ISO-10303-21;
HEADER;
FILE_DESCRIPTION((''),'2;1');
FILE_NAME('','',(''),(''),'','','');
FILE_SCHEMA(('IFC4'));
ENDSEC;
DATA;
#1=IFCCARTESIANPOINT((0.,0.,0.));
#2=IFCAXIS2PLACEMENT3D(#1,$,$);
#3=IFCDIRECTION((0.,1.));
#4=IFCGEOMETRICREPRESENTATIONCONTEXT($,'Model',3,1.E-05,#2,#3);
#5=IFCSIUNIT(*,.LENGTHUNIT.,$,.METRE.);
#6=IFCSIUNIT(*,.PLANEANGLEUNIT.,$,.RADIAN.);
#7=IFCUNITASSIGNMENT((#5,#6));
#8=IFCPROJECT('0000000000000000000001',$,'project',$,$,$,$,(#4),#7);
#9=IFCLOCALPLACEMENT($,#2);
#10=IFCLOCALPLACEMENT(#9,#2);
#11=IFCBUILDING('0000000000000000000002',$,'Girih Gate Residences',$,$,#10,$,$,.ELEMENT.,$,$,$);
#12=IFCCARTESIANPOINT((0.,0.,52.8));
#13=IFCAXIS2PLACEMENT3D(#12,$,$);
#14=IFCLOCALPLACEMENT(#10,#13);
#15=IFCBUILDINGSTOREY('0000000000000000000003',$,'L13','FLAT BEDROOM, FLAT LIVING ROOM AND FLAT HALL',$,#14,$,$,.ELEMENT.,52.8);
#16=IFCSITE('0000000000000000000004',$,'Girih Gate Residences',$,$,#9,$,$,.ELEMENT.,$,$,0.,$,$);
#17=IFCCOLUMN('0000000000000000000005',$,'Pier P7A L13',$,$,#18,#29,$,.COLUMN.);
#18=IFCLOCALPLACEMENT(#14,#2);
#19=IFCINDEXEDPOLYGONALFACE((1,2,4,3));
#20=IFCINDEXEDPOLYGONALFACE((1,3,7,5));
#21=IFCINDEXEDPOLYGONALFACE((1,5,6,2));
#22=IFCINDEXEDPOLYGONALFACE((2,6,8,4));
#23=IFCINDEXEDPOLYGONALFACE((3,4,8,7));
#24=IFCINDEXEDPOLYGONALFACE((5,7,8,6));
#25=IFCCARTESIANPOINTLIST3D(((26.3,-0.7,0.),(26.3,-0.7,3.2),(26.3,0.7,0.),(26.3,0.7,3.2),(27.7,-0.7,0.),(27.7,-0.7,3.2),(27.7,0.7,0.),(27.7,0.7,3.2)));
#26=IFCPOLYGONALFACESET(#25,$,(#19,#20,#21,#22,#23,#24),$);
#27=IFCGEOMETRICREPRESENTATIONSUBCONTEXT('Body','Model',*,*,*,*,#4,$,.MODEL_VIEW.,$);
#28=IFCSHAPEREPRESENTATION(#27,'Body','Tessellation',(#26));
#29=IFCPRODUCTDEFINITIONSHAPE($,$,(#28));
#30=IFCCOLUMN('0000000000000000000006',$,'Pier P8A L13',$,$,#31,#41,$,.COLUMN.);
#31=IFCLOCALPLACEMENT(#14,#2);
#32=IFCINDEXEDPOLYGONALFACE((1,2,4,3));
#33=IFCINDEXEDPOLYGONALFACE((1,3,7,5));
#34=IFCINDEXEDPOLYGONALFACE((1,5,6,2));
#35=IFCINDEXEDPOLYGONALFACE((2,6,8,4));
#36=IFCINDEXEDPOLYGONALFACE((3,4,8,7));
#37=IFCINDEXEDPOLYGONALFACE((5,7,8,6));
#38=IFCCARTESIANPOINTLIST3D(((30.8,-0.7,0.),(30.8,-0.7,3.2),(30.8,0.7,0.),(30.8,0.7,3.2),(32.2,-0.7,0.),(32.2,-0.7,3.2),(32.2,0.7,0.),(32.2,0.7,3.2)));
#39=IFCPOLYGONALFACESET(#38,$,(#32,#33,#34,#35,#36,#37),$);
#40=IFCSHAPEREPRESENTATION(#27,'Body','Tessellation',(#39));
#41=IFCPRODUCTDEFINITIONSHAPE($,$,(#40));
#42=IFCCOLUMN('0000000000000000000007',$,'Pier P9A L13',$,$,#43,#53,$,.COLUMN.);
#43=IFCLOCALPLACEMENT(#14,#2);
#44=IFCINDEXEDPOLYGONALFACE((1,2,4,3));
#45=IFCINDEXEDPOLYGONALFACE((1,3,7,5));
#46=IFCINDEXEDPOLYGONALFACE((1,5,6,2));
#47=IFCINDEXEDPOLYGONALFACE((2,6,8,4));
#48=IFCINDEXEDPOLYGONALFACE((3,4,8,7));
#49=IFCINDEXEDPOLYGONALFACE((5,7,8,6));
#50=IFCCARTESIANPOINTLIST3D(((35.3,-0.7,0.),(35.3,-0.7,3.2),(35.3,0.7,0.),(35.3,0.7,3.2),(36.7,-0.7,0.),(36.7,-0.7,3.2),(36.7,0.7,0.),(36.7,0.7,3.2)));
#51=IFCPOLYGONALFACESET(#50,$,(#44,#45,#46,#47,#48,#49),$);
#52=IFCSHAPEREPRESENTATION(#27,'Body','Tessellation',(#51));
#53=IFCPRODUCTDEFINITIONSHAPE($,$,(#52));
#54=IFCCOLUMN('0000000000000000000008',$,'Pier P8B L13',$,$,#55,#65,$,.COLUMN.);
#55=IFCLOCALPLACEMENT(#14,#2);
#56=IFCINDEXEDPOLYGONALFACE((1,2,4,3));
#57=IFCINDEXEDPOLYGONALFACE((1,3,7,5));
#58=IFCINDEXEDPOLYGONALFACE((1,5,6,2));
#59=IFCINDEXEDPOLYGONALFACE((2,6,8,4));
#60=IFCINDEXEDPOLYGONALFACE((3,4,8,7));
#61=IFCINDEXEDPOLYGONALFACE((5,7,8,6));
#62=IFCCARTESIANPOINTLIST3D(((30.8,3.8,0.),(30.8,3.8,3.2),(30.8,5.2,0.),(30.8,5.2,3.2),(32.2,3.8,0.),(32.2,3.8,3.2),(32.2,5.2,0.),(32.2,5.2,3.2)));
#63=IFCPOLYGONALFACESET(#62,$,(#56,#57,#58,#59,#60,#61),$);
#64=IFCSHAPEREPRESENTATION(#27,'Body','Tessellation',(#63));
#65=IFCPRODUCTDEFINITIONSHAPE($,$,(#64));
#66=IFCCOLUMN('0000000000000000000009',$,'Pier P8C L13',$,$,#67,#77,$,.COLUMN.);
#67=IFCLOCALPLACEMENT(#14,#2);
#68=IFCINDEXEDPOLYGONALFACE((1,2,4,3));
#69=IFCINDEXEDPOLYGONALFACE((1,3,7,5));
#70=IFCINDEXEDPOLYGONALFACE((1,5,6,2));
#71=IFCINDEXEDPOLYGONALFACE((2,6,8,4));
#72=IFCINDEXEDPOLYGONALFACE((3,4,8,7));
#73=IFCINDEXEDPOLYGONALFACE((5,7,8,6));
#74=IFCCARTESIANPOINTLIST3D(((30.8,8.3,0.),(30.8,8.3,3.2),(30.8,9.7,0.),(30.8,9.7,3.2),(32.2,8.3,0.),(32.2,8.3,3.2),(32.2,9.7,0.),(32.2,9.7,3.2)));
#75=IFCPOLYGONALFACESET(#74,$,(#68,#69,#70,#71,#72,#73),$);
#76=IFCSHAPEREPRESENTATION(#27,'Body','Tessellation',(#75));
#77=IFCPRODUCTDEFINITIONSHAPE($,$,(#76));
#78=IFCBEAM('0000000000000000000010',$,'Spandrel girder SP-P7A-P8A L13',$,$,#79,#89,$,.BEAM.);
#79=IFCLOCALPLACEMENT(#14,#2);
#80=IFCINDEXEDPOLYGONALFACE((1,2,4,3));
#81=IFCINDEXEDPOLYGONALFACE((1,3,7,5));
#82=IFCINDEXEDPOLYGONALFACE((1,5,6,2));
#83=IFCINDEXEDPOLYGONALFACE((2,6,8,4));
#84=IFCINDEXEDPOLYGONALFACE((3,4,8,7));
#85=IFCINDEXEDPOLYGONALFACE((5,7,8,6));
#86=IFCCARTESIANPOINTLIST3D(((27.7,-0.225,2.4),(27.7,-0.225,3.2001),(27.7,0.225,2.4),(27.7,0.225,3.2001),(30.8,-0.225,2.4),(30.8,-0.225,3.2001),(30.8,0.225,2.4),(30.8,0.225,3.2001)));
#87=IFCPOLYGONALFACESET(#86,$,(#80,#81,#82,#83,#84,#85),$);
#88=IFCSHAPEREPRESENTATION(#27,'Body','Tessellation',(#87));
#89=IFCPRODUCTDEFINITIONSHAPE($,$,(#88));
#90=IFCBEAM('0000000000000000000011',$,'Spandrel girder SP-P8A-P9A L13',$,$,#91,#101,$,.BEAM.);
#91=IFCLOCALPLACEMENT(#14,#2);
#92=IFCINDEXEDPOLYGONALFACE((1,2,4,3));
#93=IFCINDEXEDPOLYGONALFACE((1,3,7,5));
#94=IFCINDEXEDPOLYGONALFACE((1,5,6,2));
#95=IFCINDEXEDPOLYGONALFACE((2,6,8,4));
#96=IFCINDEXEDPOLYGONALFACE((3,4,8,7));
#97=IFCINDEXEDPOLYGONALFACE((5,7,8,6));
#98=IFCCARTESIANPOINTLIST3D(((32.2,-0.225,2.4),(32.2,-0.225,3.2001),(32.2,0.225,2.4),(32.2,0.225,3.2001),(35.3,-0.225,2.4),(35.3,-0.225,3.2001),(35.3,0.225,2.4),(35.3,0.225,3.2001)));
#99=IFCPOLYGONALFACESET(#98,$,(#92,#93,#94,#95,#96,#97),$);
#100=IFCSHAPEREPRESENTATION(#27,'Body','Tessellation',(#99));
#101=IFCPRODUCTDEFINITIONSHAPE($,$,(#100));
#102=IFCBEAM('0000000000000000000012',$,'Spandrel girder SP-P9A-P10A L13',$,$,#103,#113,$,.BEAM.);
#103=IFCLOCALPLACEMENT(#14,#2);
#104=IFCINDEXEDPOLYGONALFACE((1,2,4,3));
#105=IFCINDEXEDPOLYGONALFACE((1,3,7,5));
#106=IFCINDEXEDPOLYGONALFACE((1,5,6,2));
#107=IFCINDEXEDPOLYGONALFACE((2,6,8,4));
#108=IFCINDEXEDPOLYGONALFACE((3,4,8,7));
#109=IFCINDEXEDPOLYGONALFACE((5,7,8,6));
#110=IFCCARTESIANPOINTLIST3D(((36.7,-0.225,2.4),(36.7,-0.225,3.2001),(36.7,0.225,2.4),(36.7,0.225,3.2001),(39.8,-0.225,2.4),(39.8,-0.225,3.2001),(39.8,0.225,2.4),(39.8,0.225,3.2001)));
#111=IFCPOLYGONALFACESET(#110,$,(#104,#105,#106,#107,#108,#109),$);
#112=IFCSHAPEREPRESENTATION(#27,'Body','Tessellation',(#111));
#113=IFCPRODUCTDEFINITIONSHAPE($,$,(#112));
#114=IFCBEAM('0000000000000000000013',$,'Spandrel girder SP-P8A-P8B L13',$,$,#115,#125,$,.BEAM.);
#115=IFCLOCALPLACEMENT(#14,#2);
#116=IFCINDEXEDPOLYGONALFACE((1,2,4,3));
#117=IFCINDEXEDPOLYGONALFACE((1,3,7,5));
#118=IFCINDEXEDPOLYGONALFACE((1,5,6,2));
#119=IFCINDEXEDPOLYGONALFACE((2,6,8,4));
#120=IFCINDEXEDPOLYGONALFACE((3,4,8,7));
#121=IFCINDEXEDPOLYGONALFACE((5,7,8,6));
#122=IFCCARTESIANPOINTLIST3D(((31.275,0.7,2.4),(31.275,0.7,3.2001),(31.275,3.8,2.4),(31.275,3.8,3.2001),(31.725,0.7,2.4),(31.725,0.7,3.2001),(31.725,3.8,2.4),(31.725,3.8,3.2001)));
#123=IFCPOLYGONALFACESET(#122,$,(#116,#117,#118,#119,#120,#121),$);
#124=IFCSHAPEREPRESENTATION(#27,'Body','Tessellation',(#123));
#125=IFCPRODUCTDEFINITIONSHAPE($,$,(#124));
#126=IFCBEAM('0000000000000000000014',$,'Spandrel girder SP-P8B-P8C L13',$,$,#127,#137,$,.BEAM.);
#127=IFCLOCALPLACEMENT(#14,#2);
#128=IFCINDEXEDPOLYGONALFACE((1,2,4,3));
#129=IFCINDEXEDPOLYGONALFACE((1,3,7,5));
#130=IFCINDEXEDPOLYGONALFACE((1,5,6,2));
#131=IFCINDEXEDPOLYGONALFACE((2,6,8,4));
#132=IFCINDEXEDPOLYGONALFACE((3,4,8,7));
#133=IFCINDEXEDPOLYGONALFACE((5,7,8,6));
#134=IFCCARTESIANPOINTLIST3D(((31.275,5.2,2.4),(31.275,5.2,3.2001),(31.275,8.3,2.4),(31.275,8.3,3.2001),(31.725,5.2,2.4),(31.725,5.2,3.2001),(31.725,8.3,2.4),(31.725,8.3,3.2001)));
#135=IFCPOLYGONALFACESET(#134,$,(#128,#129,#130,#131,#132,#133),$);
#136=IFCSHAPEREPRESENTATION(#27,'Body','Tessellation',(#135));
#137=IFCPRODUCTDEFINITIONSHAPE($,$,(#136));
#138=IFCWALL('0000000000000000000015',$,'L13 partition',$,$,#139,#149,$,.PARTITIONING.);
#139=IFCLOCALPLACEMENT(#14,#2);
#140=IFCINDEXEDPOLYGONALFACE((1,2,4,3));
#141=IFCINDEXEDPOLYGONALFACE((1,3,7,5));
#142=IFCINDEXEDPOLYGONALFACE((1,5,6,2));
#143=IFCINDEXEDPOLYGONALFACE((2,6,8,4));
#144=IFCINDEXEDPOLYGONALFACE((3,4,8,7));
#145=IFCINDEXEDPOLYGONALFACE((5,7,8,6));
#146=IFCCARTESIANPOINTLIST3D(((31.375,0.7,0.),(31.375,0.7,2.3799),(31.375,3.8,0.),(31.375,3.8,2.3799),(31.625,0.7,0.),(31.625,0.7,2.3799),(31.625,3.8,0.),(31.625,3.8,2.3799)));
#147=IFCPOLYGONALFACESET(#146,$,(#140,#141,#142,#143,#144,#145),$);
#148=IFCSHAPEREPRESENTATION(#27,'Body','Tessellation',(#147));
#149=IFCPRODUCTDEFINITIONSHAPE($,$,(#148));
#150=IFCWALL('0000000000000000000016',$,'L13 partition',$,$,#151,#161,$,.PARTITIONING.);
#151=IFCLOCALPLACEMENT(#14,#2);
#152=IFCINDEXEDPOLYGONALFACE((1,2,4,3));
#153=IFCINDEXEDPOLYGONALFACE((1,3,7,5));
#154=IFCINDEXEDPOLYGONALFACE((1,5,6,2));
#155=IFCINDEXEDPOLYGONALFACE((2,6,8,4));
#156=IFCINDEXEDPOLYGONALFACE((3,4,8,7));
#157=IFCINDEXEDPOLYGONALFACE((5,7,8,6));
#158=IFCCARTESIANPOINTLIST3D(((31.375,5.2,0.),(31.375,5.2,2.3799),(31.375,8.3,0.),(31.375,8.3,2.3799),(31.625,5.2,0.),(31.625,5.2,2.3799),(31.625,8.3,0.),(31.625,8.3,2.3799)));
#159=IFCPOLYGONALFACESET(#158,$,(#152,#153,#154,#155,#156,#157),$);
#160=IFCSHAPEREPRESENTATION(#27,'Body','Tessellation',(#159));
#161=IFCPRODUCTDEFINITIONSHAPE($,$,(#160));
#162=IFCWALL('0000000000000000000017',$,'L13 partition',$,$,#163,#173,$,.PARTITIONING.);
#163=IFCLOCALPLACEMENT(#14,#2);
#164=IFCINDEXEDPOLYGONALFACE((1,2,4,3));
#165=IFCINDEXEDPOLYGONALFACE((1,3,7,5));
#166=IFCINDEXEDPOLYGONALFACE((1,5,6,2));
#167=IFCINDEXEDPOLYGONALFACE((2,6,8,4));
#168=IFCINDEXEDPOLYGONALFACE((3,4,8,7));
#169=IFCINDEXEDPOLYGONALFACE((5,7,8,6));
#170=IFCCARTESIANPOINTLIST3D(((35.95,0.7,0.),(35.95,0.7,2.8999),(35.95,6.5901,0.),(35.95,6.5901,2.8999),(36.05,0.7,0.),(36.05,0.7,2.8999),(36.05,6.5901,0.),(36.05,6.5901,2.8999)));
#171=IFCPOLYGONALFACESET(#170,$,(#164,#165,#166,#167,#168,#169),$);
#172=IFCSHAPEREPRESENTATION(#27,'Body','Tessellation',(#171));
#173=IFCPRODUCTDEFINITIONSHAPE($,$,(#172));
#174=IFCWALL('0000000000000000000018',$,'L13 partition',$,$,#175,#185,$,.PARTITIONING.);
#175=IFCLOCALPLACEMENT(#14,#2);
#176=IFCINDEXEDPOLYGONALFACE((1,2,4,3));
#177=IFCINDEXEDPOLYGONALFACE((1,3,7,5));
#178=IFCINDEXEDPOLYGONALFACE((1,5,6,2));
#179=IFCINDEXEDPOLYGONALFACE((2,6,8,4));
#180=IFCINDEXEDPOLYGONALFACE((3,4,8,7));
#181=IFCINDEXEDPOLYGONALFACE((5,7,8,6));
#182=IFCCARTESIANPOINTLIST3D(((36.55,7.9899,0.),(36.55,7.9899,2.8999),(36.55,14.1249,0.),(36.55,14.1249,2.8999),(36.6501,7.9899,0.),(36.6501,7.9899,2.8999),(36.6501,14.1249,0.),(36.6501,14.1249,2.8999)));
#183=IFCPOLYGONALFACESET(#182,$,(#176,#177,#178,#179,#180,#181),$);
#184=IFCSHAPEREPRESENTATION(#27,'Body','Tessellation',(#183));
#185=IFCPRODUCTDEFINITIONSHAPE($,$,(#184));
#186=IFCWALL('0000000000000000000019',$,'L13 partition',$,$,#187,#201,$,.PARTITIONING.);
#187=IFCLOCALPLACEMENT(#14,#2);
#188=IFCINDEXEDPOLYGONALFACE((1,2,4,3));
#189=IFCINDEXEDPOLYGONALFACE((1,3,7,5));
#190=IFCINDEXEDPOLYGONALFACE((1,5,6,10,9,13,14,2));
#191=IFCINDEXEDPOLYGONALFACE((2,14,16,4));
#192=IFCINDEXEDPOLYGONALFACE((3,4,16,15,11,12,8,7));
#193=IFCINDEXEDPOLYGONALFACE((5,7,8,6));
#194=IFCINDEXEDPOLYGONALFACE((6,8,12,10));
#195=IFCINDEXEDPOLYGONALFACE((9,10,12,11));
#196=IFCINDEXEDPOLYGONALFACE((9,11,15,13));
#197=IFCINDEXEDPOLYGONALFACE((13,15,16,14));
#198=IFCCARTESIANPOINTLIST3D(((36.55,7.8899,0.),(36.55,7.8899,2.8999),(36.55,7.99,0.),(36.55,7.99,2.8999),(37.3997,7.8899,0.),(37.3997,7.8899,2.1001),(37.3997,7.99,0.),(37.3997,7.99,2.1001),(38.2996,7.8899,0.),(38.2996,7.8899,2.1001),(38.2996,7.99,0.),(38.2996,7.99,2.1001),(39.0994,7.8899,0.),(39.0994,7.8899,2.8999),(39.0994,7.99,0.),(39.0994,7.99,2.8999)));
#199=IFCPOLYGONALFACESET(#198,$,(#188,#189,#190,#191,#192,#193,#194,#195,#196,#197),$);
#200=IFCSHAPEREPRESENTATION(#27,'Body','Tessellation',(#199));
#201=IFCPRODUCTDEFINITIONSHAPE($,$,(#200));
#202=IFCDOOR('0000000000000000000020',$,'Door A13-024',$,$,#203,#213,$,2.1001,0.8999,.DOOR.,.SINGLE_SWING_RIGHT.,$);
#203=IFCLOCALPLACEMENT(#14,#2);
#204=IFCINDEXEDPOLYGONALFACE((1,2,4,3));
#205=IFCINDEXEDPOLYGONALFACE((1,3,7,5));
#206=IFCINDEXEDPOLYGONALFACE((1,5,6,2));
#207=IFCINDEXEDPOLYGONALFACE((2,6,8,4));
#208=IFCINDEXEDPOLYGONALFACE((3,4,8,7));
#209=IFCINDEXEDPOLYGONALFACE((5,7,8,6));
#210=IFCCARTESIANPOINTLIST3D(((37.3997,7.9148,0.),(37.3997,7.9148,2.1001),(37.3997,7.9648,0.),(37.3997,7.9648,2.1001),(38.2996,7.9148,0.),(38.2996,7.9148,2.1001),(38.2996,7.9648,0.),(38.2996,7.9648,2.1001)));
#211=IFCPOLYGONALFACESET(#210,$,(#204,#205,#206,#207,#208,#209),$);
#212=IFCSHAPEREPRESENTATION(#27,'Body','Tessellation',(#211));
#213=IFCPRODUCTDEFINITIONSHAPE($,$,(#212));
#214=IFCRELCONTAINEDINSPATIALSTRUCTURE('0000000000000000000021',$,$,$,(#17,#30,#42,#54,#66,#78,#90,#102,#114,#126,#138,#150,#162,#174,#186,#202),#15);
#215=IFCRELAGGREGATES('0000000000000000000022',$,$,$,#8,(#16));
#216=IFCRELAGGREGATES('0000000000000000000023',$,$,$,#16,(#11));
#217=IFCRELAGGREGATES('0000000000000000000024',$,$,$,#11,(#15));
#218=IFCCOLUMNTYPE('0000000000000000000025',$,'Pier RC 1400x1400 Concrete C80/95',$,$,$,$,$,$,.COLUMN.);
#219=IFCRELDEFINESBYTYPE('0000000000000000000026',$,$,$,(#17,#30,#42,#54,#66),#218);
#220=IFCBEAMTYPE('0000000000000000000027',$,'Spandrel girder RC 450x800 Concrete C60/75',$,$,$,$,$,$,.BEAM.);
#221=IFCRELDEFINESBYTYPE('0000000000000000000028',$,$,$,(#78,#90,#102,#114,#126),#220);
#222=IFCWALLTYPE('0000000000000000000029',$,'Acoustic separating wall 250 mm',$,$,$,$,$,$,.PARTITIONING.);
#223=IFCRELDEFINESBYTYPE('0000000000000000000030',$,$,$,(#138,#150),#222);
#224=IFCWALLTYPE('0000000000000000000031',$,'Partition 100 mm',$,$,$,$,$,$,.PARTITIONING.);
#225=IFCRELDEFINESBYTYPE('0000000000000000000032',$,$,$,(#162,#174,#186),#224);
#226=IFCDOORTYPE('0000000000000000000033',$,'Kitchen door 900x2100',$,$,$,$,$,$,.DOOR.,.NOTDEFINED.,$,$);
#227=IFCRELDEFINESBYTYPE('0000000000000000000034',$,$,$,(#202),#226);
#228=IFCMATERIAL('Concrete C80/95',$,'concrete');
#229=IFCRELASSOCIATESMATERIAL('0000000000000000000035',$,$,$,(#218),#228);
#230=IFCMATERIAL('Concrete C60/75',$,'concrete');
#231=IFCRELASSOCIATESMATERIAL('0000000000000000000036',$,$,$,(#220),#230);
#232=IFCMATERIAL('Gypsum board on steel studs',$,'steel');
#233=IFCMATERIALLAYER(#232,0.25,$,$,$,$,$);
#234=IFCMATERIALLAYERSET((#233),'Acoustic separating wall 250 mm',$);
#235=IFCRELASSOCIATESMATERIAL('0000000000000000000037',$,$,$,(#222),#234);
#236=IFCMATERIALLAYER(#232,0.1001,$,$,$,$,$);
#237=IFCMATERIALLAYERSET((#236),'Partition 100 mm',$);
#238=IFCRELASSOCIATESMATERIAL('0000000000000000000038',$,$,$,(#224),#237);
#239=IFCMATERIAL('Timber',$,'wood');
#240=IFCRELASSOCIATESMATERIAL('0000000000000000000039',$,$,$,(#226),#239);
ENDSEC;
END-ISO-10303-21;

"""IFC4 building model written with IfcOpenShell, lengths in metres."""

from ifc_helpers import new_model, si_unit, direction, frame, frame_2d, origin, origin_2d, place, context, subcontext, project, spatial, rectangle, extrude, material, layer, layer_set, material_profile, profile_set, type_object, element, fill, save


model = new_model("IFC4")

# Units and contexts
model_context = context("Model", 3, precision=1e-05, world=origin(), true_north=direction((0.0, 1.0)))
body_context = subcontext(model_context, "Body", "Model", "MODEL_VIEW")
ifc_project = project(units=[si_unit("LENGTHUNIT", "METRE"), si_unit("PLANEANGLEUNIT", "RADIAN")], contexts=[model_context])

# Site, building, storey
site_placement = place(None, origin())
site = spatial("IfcSite", under=ifc_project, at=site_placement, Name="Girih Gate Residences", CompositionType="ELEMENT", RefElevation=0.0)
building_placement = place(site_placement, origin())
building = spatial("IfcBuilding", under=site, at=building_placement, Name="Girih Gate Residences", CompositionType="ELEMENT")
storey_placement = place(building_placement, frame((0.0, 0.0, 52.8)))
storey = spatial("IfcBuildingStorey", under=building, at=storey_placement, Name="L13", Description="FLAT BEDROOM, FLAT LIVING ROOM AND FLAT HALL", CompositionType="ELEMENT", Elevation=52.8)

# Columns
ifc_material_1 = material(Name="Concrete C80/95", Category="concrete")
ifc_material_profile_1 = material_profile(ifc_material_1, rectangle(XDim=1.3999, YDim=1.3999, at=origin_2d()))
ifc_profile_set_1 = profile_set([ifc_material_profile_1], Name="Concrete C80/95")
column_type = type_object("IfcColumnType", Name="Pier RC 1400x1400 Concrete C80/95", PredefinedType="COLUMN", material=ifc_profile_set_1)
for number, where, z_axis, x_axis, name in (
    (1, (27.0, 0.0, 0.0), (0.0, 0.0, 1.0), (1.0, 0.0, 0.0), "Pier P7A L13"),
    (2, (31.5, 0.0, 0.0), (0.0, 0.0, 1.0), (1.0, 0.0, 0.0), "Pier P8A L13"),
    (3, (36.0, 0.0, 0.0), (0.0, 0.0, 1.0), (1.0, 0.0, 0.0), "Pier P9A L13"),
    (4, (31.5, 4.5, 0.0), (0.0, 0.0, 1.0), (1.0, 0.0, 0.0), "Pier P8B L13"),
    (5, (31.5, 9.0, 0.0), (0.0, 0.0, 1.0), (1.0, 0.0, 0.0), "Pier P8C L13"),
):
    element("IfcColumn", number, at=place(storey_placement, frame(where, z_axis=z_axis, x_axis=x_axis)), inside=storey, type_object=column_type, Name=name, PredefinedType="COLUMN", context=body_context, shape_type="SweptSolid", body=[
        extrude(rectangle(XDim=1.3999, YDim=1.3999, at=origin_2d()), origin(), (0.0, 0.0, 1.0), 3.2),
    ])

# Beams
ifc_material_2 = material(Name="Concrete C60/75", Category="concrete")
ifc_material_profile_2 = material_profile(ifc_material_2, rectangle(XDim=0.45, YDim=0.8, at=origin_2d()))
ifc_profile_set_2 = profile_set([ifc_material_profile_2], Name="Concrete C60/75")
beam_type = type_object("IfcBeamType", Name="Spandrel girder RC 450x800 Concrete C60/75", PredefinedType="BEAM", material=ifc_profile_set_2)
for number, where, z_axis, x_axis, name in (
    (6, (27.7, 0.0, 2.8), (1.0, 0.0, 0.0), (0.0, 1.0, 0.0), "Spandrel girder SP-P7A-P8A L13"),
    (7, (32.2, 0.0, 2.8), (1.0, 0.0, 0.0), (0.0, 1.0, 0.0), "Spandrel girder SP-P8A-P9A L13"),
    (8, (36.7, 0.0, 2.8), (1.0, 0.0, 0.0), (0.0, 1.0, 0.0), "Spandrel girder SP-P9A-P10A L13"),
    (9, (31.5, 0.7, 2.8), (0.0, 1.0, 0.0), (-1.0, 0.0, 0.0), "Spandrel girder SP-P8A-P8B L13"),
    (10, (31.5, 5.2, 2.8), (0.0, 1.0, 0.0), (-1.0, 0.0, 0.0), "Spandrel girder SP-P8B-P8C L13"),
):
    element("IfcBeam", number, at=place(storey_placement, frame(where, z_axis=z_axis, x_axis=x_axis)), inside=storey, type_object=beam_type, Name=name, PredefinedType="BEAM", context=body_context, shape_type="SweptSolid", body=[
        extrude(rectangle(XDim=0.45, YDim=0.8, at=origin_2d()), origin(), (0.0, 0.0, 1.0), 3.1001),
    ])

# Walls
ifc_material_3 = material(Name="Gypsum board on steel studs", Category="steel")
ifc_layer_1 = layer(ifc_material_3, 0.25)
ifc_layer_set_1 = layer_set([ifc_layer_1], Name="Acoustic separating wall 250 mm")
wall_type_1 = type_object("IfcWallType", Name="Acoustic separating wall 250 mm", PredefinedType="PARTITIONING", material=ifc_layer_set_1)
for number, where, z_axis, x_axis, name in (
    (11, (31.5, 0.7, 0.0), (0.0, 0.0, 1.0), (0.0, 1.0, 0.0), "L13 partition"),
    (12, (31.5, 5.2, 0.0), (0.0, 0.0, 1.0), (0.0, 1.0, 0.0), "L13 partition"),
):
    element("IfcWall", number, at=place(storey_placement, frame(where, z_axis=z_axis, x_axis=x_axis)), inside=storey, type_object=wall_type_1, Name=name, PredefinedType="PARTITIONING", context=body_context, shape_type="SweptSolid", body=[
        extrude(rectangle(XDim=3.1001, YDim=0.25, at=frame_2d((1.55, 0.0))), origin(), (0.0, 0.0, 1.0), 2.3799),
    ])
ifc_layer_2 = layer(ifc_material_3, 0.1001)
ifc_layer_set_2 = layer_set([ifc_layer_2], Name="Partition 100 mm")
wall_type_2 = type_object("IfcWallType", Name="Partition 100 mm", PredefinedType="PARTITIONING", material=ifc_layer_set_2)
wall_1_placement = place(storey_placement, frame((36.0, 0.7, 0.0), z_axis=(0.0, 0.0, 1.0), x_axis=(0.0, 1.0, 0.0)))
element("IfcWall", 13, at=wall_1_placement, inside=storey, type_object=wall_type_2, Name="L13 partition", PredefinedType="PARTITIONING", context=body_context, shape_type="SweptSolid", body=[
    extrude(rectangle(XDim=5.8901, YDim=0.1001, at=frame_2d((2.9451, 0.0))), origin(), (0.0, 0.0, 1.0), 2.8999),
])
wall_2_placement = place(storey_placement, frame((36.6001, 7.99, 0.0), z_axis=(0.0, 0.0, 1.0), x_axis=(0.0, 1.0, 0.0)))
element("IfcWall", 14, at=wall_2_placement, inside=storey, type_object=wall_type_2, Name="L13 partition", PredefinedType="PARTITIONING", context=body_context, shape_type="SweptSolid", body=[
    extrude(rectangle(XDim=6.135, YDim=0.1001, at=frame_2d((3.0674, 0.0))), origin(), (0.0, 0.0, 1.0), 2.8999),
])

# Wall, opening, door
wall_3_placement = place(storey_placement, frame((36.55, 7.9399, 0.0), z_axis=(0.0, 0.0, 1.0), x_axis=(1.0, 0.0, 0.0)))
wall_3 = element("IfcWall", 15, at=wall_3_placement, inside=storey, type_object=wall_type_2, Name="L13 partition", PredefinedType="PARTITIONING", context=body_context, shape_type="SweptSolid", body=[
    extrude(rectangle(XDim=2.5493, YDim=0.1001, at=frame_2d((1.2747, 0.0))), origin(), (0.0, 0.0, 1.0), 2.8999),
])
opening_1_placement = place(wall_3_placement, frame((0.8496, 0.0, 0.0)))
opening_1 = element("IfcOpeningElement", 16, at=opening_1_placement, cuts=wall_3, PredefinedType="OPENING", context=body_context, shape_type="SweptSolid", body=[
    extrude(rectangle(XDim=0.8999, YDim=2.1001, at=frame_2d((0.45, 1.05))), frame((0.0, 0.0601, 0.0), z_axis=(0.0, -1.0, 0.0), x_axis=(1.0, 0.0, 0.0)), (0.0, 0.0, 1.0), 0.1201),
])
ifc_material_4 = material(Name="Timber", Category="wood")
door_type_1 = type_object("IfcDoorType", Name="Kitchen door 900x2100", OperationType="NOTDEFINED", PredefinedType="DOOR", material=ifc_material_4)
door_1_placement = place(opening_1_placement, origin())
door_1 = element("IfcDoor", 17, at=door_1_placement, inside=storey, type_object=door_type_1, Name="Door A13-024", OperationType="SINGLE_SWING_RIGHT", OverallHeight=2.1001, OverallWidth=0.8999, PredefinedType="DOOR", context=body_context, shape_type="SweptSolid", body=[
    extrude(rectangle(XDim=0.8999, YDim=2.1001, at=frame_2d((0.45, 1.05))), frame((0.0, 0.0249, 0.0), z_axis=(0.0, -1.0, 0.0), x_axis=(1.0, 0.0, 0.0)), (0.0, 0.0, 1.0), 0.05),
])
fill(opening_1, door_1)

save(model, "model.ifc")
